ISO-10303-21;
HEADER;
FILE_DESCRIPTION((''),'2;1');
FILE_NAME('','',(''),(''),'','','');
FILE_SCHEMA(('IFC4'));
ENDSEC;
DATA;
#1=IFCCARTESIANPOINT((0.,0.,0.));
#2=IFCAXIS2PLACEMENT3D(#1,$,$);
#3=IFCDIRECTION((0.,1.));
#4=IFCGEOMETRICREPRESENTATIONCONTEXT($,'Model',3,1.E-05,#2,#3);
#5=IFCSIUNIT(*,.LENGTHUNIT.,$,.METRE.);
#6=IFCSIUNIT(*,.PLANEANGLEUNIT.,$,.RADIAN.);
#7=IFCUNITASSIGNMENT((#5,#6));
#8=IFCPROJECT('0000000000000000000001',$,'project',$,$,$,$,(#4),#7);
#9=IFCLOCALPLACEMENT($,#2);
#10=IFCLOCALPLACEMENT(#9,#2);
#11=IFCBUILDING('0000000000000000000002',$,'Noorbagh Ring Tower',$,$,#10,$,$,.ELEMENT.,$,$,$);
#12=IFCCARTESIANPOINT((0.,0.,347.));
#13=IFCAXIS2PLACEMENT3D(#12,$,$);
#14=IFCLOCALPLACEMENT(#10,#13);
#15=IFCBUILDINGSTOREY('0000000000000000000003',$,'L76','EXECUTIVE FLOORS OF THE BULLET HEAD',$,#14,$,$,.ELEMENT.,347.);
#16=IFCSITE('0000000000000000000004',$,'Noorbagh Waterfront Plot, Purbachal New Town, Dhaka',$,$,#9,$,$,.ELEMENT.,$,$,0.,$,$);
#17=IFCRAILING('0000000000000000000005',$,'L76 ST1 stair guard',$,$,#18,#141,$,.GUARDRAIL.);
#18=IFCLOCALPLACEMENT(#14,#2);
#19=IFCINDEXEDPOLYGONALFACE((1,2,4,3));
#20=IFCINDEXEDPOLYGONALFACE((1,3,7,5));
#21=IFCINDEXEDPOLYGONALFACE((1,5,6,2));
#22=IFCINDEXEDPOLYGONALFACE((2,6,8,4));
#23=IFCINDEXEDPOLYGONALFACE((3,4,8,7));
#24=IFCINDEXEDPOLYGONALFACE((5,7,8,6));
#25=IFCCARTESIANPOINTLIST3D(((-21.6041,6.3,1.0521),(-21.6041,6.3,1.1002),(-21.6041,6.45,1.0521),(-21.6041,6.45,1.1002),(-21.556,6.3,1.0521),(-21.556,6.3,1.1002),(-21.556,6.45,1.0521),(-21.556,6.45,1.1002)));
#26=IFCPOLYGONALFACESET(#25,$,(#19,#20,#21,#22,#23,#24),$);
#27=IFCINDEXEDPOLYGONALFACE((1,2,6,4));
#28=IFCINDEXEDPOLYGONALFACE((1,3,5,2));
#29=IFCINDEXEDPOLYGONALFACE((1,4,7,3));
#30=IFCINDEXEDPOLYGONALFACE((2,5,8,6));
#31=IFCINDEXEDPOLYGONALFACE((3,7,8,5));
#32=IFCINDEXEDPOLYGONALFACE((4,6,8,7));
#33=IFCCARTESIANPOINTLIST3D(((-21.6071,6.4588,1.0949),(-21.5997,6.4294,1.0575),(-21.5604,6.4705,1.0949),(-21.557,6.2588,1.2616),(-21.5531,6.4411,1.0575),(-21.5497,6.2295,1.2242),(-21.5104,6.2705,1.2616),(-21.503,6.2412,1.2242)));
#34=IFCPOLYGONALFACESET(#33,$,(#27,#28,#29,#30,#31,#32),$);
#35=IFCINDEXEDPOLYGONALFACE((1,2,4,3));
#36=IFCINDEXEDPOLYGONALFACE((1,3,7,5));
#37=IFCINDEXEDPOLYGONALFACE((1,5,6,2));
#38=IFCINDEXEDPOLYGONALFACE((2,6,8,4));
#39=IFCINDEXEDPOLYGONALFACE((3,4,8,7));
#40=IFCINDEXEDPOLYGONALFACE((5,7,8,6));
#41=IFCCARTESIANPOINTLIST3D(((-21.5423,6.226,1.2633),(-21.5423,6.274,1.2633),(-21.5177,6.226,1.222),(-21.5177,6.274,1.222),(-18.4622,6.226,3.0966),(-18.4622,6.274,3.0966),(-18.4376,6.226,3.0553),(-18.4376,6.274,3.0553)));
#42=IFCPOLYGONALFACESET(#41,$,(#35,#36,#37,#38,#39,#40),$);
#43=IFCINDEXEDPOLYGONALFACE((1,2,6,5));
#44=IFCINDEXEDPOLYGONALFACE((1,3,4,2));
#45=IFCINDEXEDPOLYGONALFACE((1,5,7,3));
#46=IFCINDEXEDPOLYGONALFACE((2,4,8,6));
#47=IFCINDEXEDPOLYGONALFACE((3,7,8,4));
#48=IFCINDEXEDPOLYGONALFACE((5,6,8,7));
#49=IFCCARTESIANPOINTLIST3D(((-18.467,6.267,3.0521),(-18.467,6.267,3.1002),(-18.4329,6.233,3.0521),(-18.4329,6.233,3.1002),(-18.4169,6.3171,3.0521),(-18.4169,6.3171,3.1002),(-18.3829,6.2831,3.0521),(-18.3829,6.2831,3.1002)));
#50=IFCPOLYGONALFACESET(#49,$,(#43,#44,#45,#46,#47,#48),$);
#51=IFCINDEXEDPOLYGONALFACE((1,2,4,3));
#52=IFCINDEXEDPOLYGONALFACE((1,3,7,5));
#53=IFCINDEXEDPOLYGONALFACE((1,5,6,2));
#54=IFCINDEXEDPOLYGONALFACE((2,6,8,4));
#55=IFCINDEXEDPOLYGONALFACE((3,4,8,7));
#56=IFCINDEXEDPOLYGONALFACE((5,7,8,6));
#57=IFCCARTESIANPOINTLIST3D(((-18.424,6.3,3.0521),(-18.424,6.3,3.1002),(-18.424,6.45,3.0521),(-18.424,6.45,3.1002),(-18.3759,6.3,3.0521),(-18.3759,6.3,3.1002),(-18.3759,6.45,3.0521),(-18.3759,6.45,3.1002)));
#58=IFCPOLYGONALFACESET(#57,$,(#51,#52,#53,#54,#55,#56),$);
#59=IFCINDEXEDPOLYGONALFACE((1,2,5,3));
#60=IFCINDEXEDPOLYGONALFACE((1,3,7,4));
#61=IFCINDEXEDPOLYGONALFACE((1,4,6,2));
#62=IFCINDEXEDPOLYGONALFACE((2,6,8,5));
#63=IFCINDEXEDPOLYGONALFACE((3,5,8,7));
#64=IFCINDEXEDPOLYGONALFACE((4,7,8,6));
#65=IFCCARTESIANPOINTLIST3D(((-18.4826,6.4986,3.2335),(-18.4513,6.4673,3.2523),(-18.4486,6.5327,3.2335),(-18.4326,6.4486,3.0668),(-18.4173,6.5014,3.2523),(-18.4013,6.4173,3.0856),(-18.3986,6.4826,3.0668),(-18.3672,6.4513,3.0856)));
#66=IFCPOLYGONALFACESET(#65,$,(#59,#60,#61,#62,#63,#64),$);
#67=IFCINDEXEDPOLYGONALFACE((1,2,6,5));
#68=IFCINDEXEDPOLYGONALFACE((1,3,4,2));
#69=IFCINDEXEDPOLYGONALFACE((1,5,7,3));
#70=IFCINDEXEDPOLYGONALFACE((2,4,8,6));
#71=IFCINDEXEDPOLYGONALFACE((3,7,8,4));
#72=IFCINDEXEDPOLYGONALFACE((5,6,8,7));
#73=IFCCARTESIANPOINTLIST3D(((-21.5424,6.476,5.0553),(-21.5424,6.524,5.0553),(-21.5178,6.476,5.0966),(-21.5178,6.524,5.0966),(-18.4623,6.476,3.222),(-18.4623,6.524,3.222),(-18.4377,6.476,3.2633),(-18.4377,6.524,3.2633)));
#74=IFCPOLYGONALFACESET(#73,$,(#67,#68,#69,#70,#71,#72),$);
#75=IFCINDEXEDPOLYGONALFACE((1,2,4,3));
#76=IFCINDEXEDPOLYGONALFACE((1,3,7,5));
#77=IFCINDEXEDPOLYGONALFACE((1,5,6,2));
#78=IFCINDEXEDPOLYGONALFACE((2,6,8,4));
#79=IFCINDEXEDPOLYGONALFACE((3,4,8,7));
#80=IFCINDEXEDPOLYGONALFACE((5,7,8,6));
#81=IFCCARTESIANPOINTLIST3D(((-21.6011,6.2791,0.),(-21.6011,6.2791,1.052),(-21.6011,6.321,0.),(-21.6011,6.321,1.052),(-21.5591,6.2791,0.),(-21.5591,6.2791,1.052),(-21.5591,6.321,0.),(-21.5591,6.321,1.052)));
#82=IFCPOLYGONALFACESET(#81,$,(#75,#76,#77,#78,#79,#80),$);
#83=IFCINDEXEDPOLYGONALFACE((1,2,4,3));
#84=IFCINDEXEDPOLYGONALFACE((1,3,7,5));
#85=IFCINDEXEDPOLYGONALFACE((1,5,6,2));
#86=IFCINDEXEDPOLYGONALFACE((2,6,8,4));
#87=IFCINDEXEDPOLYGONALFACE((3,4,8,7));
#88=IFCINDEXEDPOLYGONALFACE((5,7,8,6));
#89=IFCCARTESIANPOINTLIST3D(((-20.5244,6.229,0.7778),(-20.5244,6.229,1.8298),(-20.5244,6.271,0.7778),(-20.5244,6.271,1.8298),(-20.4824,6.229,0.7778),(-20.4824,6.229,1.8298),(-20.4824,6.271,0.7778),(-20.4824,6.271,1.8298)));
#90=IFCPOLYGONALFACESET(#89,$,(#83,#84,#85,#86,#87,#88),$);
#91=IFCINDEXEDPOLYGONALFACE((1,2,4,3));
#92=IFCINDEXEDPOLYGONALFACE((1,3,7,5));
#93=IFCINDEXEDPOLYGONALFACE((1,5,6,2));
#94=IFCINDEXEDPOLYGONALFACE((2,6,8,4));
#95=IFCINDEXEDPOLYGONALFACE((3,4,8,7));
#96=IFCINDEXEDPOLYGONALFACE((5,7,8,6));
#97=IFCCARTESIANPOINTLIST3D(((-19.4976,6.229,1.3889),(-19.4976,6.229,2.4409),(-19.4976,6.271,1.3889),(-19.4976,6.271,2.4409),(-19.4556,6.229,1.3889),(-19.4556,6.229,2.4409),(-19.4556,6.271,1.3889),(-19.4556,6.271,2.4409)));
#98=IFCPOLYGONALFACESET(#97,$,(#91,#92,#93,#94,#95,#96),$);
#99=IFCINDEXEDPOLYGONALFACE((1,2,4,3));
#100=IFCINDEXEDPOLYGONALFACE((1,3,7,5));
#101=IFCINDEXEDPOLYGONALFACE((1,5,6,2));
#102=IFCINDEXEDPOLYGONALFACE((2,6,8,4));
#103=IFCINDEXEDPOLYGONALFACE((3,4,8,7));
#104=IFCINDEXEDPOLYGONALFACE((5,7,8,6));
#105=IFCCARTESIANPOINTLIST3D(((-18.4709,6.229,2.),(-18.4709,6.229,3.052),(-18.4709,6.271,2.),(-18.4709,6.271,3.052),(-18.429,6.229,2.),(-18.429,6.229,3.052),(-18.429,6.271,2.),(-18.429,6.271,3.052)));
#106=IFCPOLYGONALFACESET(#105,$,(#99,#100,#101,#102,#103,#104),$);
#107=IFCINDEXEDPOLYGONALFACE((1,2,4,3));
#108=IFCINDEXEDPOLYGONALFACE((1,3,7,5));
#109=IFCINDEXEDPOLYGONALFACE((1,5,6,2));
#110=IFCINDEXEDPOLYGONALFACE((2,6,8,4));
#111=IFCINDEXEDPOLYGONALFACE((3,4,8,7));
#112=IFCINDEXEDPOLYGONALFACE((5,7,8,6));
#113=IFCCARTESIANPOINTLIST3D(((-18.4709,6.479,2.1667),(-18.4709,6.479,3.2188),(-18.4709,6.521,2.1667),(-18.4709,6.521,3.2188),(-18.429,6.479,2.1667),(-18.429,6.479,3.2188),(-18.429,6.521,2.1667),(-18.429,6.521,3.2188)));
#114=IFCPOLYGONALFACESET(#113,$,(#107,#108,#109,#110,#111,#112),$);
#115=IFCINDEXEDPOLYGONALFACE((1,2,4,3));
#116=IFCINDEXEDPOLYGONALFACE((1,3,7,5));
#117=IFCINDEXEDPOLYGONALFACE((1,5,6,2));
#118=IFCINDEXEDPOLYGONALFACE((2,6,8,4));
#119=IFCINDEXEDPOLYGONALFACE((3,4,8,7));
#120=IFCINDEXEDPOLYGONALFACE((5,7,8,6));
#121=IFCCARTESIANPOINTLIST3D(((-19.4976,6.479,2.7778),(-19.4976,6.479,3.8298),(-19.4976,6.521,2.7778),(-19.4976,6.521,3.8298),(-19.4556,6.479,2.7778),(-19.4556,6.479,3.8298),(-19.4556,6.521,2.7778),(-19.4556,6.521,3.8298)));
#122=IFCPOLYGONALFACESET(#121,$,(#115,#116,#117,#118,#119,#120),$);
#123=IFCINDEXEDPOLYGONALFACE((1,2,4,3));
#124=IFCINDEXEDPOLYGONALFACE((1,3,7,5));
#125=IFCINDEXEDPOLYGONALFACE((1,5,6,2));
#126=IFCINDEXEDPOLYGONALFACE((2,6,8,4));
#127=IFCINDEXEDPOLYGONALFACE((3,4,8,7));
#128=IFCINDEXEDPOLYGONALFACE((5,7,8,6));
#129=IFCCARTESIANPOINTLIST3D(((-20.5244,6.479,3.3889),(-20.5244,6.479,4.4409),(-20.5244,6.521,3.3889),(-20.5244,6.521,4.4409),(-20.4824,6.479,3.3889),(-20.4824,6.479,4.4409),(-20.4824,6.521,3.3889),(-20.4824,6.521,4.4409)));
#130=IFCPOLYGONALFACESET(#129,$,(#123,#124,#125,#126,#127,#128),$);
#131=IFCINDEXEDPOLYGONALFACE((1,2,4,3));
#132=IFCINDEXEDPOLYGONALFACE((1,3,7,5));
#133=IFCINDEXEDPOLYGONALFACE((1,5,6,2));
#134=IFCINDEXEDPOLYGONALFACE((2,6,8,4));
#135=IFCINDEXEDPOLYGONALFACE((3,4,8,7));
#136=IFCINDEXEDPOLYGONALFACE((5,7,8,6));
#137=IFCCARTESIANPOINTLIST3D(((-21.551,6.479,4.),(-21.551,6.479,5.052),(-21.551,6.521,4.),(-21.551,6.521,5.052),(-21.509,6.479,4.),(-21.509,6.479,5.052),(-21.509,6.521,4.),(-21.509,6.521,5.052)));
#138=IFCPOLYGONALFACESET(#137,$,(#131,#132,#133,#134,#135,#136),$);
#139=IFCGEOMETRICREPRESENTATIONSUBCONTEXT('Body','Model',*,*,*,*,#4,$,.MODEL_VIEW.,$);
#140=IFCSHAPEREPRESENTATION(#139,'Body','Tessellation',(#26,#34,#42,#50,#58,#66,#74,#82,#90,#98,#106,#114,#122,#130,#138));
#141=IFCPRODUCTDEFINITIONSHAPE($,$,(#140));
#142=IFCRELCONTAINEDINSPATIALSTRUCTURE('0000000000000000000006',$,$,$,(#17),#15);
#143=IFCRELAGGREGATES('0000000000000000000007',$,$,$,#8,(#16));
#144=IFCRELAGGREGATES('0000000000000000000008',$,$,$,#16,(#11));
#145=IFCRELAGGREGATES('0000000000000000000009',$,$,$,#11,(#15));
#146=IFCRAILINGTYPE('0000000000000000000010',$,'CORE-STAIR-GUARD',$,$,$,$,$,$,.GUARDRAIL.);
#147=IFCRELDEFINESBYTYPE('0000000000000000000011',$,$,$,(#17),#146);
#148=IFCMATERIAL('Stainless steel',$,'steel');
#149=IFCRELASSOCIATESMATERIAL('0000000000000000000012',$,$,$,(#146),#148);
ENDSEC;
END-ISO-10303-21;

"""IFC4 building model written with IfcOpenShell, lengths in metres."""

from ifc_helpers import new_model, si_unit, direction, frame, origin, origin_2d, place, context, subcontext, project, spatial, rectangle, extrude, material, type_object, element, save


model = new_model("IFC4")

# Units and contexts
model_context = context("Model", 3, precision=1e-05, world=origin(), true_north=direction((0.0, 1.0)))
body_context = subcontext(model_context, "Body", "Model", "MODEL_VIEW")
ifc_project = project(units=[si_unit("LENGTHUNIT", "METRE"), si_unit("PLANEANGLEUNIT", "RADIAN")], contexts=[model_context])

# Site, building, storey
site_placement = place(None, origin())
site = spatial("IfcSite", under=ifc_project, at=site_placement, Name="Noorbagh Waterfront Plot, Purbachal New Town, Dhaka", CompositionType="ELEMENT", RefElevation=0.0)
building_placement = place(site_placement, origin())
building = spatial("IfcBuilding", under=site, at=building_placement, Name="Noorbagh Ring Tower", CompositionType="ELEMENT")
storey_placement = place(building_placement, frame((0.0, 0.0, 347.0)))
storey = spatial("IfcBuildingStorey", under=building, at=storey_placement, Name="L76", Description="EXECUTIVE FLOORS OF THE BULLET HEAD", CompositionType="ELEMENT", Elevation=347.0)

# Railing
ifc_material_1 = material(Name="Stainless steel", Category="steel")
railing_type_1 = type_object("IfcRailingType", Name="CORE-STAIR-GUARD", PredefinedType="GUARDRAIL", material=ifc_material_1)
railing_1_placement = place(storey_placement, frame((-21.5801, 6.3, 0.0)))
element("IfcRailing", 1, at=railing_1_placement, inside=storey, type_object=railing_type_1, Name="L76 ST1 stair guard", PredefinedType="GUARDRAIL", context=body_context, shape_type="SweptSolid", body=[
    extrude(rectangle(XDim=0.0481, YDim=0.0481, at=origin_2d()), frame((0.0, 0.0, 1.0762), z_axis=(0.0, 1.0, 0.0), x_axis=(-1.0, 0.0, 0.0)), (0.0, 0.0, 1.0), 0.1499),
    extrude(rectangle(XDim=0.0481, YDim=0.0481, at=origin_2d()), frame((0.0, 0.1499, 1.0762), z_axis=(0.188776, -0.754182, 0.628946), x_axis=(0.970073, 0.242814, 0.0)), (0.0, 0.0, 1.0), 0.2651),
    extrude(rectangle(XDim=0.0481, YDim=0.0481, at=origin_2d()), frame((0.05, -0.05, 1.2427), z_axis=(0.859309, 0.0, 0.511458), x_axis=(0.0, 1.0, 0.0)), (0.0, 0.0, 1.0), 3.5845),
    extrude(rectangle(XDim=0.0481, YDim=0.0481, at=origin_2d()), frame((3.1301, -0.05, 3.0762), z_axis=(0.707107, 0.707107, 0.0), x_axis=(-0.707107, 0.707107, 0.0)), (0.0, 0.0, 1.0), 0.0708),
    extrude(rectangle(XDim=0.0481, YDim=0.0481, at=origin_2d()), frame((3.1802, 0.0, 3.0762), z_axis=(0.0, 1.0, 0.0), x_axis=(-1.0, 0.0, 0.0)), (0.0, 0.0, 1.0), 0.1499),
    extrude(rectangle(XDim=0.0481, YDim=0.0481, at=origin_2d()), frame((3.1802, 0.1499, 3.0762), z_axis=(-0.276287, 0.276287, 0.920506), x_axis=(-0.707107, -0.707107, 0.0)), (0.0, 0.0, 1.0), 0.1812),
    extrude(rectangle(XDim=0.0481, YDim=0.0481, at=origin_2d()), frame((3.1301, 0.2, 3.2427), z_axis=(-0.859309, 0.0, 0.511458), x_axis=(0.0, -1.0, 0.0)), (0.0, 0.0, 1.0), 3.5845),
    extrude(rectangle(XDim=0.042, YDim=0.042, at=origin_2d()), origin(), (0.0, 0.0, 1.0), 1.052),
    extrude(rectangle(XDim=0.042, YDim=0.042, at=origin_2d()), frame((1.0767, -0.05, 0.7778)), (0.0, 0.0, 1.0), 1.052),
    extrude(rectangle(XDim=0.042, YDim=0.042, at=origin_2d()), frame((2.1035, -0.05, 1.3889)), (0.0, 0.0, 1.0), 1.052),
    extrude(rectangle(XDim=0.042, YDim=0.042, at=origin_2d()), frame((3.1301, -0.05, 2.0)), (0.0, 0.0, 1.0), 1.052),
    extrude(rectangle(XDim=0.042, YDim=0.042, at=origin_2d()), frame((3.1301, 0.2, 2.1667)), (0.0, 0.0, 1.0), 1.052),
    extrude(rectangle(XDim=0.042, YDim=0.042, at=origin_2d()), frame((2.1035, 0.2, 2.7778)), (0.0, 0.0, 1.0), 1.052),
    extrude(rectangle(XDim=0.042, YDim=0.042, at=origin_2d()), frame((1.0767, 0.2, 3.3889)), (0.0, 0.0, 1.0), 1.052),
    extrude(rectangle(XDim=0.042, YDim=0.042, at=origin_2d()), frame((0.05, 0.2, 4.0)), (0.0, 0.0, 1.0), 1.052),
])

save(model, "model.ifc")
